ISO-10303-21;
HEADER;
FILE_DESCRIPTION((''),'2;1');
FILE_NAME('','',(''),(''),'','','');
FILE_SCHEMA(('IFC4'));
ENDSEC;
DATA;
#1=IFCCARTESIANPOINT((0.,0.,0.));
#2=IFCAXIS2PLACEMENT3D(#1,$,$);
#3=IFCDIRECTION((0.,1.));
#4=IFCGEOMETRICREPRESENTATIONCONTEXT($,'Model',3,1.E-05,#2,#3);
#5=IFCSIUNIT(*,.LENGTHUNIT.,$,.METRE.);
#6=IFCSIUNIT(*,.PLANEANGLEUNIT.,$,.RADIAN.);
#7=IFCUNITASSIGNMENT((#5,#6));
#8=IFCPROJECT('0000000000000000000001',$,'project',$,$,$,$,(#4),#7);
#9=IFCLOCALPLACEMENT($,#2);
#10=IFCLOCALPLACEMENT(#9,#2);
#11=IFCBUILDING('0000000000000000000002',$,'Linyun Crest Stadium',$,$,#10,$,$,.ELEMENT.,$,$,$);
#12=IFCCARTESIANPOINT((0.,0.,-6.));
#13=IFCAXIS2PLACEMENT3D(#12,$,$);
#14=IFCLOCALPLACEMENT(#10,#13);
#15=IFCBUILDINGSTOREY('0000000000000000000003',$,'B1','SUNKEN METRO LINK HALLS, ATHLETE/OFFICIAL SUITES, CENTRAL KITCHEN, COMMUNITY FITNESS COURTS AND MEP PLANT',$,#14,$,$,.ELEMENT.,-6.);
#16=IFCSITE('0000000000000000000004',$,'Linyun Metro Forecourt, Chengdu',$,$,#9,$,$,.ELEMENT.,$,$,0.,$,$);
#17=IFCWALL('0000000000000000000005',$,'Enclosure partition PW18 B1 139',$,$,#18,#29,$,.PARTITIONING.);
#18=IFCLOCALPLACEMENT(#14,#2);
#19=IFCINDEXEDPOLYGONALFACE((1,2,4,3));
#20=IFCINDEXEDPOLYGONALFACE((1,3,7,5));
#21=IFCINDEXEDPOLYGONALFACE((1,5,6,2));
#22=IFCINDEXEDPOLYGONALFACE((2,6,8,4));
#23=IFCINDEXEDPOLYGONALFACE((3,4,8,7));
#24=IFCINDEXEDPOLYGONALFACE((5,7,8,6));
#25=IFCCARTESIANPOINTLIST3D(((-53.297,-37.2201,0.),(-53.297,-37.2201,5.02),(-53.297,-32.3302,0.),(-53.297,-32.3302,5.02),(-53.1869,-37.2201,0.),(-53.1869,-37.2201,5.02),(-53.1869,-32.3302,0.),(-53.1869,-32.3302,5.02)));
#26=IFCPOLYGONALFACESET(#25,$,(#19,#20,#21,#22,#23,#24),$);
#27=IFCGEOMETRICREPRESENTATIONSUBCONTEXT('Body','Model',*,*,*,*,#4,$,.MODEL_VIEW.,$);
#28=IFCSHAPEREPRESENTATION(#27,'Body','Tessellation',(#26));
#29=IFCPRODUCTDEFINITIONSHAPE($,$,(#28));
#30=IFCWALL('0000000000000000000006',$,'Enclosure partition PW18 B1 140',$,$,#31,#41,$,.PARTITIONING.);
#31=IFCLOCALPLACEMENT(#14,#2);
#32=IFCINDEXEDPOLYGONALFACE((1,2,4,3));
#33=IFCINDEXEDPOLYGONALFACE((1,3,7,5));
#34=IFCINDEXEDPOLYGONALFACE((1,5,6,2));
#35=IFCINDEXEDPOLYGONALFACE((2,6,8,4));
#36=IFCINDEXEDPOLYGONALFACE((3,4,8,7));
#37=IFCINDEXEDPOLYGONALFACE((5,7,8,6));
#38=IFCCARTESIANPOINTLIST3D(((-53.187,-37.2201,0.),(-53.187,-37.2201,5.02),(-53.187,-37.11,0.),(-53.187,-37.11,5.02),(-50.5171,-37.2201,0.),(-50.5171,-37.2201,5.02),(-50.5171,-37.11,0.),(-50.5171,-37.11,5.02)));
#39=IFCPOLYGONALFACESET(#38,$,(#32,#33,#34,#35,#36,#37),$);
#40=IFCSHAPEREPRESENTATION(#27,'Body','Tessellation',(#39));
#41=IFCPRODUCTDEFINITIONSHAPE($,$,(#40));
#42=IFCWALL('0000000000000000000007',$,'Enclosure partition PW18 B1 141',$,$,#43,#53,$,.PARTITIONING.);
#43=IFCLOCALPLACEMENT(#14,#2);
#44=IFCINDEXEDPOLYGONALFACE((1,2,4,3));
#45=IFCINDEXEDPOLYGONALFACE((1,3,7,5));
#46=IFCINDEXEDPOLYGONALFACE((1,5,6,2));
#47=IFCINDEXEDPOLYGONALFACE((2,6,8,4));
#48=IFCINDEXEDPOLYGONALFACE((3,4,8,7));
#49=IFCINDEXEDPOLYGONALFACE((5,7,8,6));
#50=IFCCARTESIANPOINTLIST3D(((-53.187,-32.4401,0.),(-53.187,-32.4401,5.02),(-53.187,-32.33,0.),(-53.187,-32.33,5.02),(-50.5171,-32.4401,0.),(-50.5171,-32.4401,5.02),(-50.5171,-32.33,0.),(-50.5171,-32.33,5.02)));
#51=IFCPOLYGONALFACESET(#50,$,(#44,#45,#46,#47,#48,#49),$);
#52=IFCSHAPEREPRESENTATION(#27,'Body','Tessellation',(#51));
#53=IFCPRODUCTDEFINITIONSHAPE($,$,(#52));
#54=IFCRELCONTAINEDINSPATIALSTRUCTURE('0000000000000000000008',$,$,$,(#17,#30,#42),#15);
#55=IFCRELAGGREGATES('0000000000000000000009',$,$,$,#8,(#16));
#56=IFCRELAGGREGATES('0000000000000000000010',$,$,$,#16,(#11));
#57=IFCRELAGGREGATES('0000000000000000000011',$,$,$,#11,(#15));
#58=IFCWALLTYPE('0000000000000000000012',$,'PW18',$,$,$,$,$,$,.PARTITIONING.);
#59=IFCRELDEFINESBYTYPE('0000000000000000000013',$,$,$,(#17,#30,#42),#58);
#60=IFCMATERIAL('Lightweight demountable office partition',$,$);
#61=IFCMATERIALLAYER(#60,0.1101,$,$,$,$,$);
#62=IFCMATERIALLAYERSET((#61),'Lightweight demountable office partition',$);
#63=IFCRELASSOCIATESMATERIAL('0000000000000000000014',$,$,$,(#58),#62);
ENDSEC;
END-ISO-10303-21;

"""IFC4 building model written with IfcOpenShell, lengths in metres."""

from ifc_helpers import new_model, si_unit, direction, frame, frame_2d, origin, place, context, subcontext, project, spatial, rectangle, extrude, material, layer, layer_set, type_object, element, save


model = new_model("IFC4")

# Units and contexts
model_context = context("Model", 3, precision=1e-05, world=origin(), true_north=direction((0.0, 1.0)))
body_context = subcontext(model_context, "Body", "Model", "MODEL_VIEW")
ifc_project = project(units=[si_unit("LENGTHUNIT", "METRE"), si_unit("PLANEANGLEUNIT", "RADIAN")], contexts=[model_context])

# Site, building, storey
site_placement = place(None, origin())
site = spatial("IfcSite", under=ifc_project, at=site_placement, Name="Linyun Metro Forecourt, Chengdu", CompositionType="ELEMENT", RefElevation=0.0)
building_placement = place(site_placement, origin())
building = spatial("IfcBuilding", under=site, at=building_placement, Name="Linyun Crest Stadium", CompositionType="ELEMENT")
storey_placement = place(building_placement, frame((0.0, 0.0, -6.0)))
storey = spatial("IfcBuildingStorey", under=building, at=storey_placement, Name="B1", Description="SUNKEN METRO LINK HALLS, ATHLETE/OFFICIAL SUITES, CENTRAL KITCHEN, COMMUNITY FITNESS COURTS AND MEP PLANT", CompositionType="ELEMENT", Elevation=-6.0)

# Shared definitions
ifc_material_1 = material(Name="Lightweight demountable office partition")
ifc_layer_1 = layer(ifc_material_1, 0.1101)
ifc_layer_set_1 = layer_set([ifc_layer_1], Name="Lightweight demountable office partition")
wall_type = type_object("IfcWallType", Name="PW18", PredefinedType="PARTITIONING", material=ifc_layer_set_1)

# Walls
wall_1_placement = place(storey_placement, frame((-53.2419, -37.22, 0.0), z_axis=(0.0, 0.0, 1.0), x_axis=(0.0, 1.0, 0.0)))
element("IfcWall", 1, at=wall_1_placement, inside=storey, type_object=wall_type, Name="Enclosure partition PW18 B1 139", PredefinedType="PARTITIONING", context=body_context, shape_type="SweptSolid", body=[
    extrude(rectangle(XDim=4.8899, YDim=0.1101, at=frame_2d((2.4448, 0.0))), origin(), (0.0, 0.0, 1.0), 5.02),
])
for number, where, z_axis, x_axis, name in (
    (2, (-53.187, -37.165, 0.0), (0.0, 0.0, 1.0), (1.0, 0.0, 0.0), "Enclosure partition PW18 B1 140"),
    (3, (-53.187, -32.385, 0.0), (0.0, 0.0, 1.0), (1.0, 0.0, 0.0), "Enclosure partition PW18 B1 141"),
):
    element("IfcWall", number, at=place(storey_placement, frame(where, z_axis=z_axis, x_axis=x_axis)), inside=storey, type_object=wall_type, Name=name, PredefinedType="PARTITIONING", context=body_context, shape_type="SweptSolid", body=[
        extrude(rectangle(XDim=2.6699, YDim=0.1101, at=frame_2d((1.335, 0.0))), origin(), (0.0, 0.0, 1.0), 5.02),
    ])

save(model, "model.ifc")
